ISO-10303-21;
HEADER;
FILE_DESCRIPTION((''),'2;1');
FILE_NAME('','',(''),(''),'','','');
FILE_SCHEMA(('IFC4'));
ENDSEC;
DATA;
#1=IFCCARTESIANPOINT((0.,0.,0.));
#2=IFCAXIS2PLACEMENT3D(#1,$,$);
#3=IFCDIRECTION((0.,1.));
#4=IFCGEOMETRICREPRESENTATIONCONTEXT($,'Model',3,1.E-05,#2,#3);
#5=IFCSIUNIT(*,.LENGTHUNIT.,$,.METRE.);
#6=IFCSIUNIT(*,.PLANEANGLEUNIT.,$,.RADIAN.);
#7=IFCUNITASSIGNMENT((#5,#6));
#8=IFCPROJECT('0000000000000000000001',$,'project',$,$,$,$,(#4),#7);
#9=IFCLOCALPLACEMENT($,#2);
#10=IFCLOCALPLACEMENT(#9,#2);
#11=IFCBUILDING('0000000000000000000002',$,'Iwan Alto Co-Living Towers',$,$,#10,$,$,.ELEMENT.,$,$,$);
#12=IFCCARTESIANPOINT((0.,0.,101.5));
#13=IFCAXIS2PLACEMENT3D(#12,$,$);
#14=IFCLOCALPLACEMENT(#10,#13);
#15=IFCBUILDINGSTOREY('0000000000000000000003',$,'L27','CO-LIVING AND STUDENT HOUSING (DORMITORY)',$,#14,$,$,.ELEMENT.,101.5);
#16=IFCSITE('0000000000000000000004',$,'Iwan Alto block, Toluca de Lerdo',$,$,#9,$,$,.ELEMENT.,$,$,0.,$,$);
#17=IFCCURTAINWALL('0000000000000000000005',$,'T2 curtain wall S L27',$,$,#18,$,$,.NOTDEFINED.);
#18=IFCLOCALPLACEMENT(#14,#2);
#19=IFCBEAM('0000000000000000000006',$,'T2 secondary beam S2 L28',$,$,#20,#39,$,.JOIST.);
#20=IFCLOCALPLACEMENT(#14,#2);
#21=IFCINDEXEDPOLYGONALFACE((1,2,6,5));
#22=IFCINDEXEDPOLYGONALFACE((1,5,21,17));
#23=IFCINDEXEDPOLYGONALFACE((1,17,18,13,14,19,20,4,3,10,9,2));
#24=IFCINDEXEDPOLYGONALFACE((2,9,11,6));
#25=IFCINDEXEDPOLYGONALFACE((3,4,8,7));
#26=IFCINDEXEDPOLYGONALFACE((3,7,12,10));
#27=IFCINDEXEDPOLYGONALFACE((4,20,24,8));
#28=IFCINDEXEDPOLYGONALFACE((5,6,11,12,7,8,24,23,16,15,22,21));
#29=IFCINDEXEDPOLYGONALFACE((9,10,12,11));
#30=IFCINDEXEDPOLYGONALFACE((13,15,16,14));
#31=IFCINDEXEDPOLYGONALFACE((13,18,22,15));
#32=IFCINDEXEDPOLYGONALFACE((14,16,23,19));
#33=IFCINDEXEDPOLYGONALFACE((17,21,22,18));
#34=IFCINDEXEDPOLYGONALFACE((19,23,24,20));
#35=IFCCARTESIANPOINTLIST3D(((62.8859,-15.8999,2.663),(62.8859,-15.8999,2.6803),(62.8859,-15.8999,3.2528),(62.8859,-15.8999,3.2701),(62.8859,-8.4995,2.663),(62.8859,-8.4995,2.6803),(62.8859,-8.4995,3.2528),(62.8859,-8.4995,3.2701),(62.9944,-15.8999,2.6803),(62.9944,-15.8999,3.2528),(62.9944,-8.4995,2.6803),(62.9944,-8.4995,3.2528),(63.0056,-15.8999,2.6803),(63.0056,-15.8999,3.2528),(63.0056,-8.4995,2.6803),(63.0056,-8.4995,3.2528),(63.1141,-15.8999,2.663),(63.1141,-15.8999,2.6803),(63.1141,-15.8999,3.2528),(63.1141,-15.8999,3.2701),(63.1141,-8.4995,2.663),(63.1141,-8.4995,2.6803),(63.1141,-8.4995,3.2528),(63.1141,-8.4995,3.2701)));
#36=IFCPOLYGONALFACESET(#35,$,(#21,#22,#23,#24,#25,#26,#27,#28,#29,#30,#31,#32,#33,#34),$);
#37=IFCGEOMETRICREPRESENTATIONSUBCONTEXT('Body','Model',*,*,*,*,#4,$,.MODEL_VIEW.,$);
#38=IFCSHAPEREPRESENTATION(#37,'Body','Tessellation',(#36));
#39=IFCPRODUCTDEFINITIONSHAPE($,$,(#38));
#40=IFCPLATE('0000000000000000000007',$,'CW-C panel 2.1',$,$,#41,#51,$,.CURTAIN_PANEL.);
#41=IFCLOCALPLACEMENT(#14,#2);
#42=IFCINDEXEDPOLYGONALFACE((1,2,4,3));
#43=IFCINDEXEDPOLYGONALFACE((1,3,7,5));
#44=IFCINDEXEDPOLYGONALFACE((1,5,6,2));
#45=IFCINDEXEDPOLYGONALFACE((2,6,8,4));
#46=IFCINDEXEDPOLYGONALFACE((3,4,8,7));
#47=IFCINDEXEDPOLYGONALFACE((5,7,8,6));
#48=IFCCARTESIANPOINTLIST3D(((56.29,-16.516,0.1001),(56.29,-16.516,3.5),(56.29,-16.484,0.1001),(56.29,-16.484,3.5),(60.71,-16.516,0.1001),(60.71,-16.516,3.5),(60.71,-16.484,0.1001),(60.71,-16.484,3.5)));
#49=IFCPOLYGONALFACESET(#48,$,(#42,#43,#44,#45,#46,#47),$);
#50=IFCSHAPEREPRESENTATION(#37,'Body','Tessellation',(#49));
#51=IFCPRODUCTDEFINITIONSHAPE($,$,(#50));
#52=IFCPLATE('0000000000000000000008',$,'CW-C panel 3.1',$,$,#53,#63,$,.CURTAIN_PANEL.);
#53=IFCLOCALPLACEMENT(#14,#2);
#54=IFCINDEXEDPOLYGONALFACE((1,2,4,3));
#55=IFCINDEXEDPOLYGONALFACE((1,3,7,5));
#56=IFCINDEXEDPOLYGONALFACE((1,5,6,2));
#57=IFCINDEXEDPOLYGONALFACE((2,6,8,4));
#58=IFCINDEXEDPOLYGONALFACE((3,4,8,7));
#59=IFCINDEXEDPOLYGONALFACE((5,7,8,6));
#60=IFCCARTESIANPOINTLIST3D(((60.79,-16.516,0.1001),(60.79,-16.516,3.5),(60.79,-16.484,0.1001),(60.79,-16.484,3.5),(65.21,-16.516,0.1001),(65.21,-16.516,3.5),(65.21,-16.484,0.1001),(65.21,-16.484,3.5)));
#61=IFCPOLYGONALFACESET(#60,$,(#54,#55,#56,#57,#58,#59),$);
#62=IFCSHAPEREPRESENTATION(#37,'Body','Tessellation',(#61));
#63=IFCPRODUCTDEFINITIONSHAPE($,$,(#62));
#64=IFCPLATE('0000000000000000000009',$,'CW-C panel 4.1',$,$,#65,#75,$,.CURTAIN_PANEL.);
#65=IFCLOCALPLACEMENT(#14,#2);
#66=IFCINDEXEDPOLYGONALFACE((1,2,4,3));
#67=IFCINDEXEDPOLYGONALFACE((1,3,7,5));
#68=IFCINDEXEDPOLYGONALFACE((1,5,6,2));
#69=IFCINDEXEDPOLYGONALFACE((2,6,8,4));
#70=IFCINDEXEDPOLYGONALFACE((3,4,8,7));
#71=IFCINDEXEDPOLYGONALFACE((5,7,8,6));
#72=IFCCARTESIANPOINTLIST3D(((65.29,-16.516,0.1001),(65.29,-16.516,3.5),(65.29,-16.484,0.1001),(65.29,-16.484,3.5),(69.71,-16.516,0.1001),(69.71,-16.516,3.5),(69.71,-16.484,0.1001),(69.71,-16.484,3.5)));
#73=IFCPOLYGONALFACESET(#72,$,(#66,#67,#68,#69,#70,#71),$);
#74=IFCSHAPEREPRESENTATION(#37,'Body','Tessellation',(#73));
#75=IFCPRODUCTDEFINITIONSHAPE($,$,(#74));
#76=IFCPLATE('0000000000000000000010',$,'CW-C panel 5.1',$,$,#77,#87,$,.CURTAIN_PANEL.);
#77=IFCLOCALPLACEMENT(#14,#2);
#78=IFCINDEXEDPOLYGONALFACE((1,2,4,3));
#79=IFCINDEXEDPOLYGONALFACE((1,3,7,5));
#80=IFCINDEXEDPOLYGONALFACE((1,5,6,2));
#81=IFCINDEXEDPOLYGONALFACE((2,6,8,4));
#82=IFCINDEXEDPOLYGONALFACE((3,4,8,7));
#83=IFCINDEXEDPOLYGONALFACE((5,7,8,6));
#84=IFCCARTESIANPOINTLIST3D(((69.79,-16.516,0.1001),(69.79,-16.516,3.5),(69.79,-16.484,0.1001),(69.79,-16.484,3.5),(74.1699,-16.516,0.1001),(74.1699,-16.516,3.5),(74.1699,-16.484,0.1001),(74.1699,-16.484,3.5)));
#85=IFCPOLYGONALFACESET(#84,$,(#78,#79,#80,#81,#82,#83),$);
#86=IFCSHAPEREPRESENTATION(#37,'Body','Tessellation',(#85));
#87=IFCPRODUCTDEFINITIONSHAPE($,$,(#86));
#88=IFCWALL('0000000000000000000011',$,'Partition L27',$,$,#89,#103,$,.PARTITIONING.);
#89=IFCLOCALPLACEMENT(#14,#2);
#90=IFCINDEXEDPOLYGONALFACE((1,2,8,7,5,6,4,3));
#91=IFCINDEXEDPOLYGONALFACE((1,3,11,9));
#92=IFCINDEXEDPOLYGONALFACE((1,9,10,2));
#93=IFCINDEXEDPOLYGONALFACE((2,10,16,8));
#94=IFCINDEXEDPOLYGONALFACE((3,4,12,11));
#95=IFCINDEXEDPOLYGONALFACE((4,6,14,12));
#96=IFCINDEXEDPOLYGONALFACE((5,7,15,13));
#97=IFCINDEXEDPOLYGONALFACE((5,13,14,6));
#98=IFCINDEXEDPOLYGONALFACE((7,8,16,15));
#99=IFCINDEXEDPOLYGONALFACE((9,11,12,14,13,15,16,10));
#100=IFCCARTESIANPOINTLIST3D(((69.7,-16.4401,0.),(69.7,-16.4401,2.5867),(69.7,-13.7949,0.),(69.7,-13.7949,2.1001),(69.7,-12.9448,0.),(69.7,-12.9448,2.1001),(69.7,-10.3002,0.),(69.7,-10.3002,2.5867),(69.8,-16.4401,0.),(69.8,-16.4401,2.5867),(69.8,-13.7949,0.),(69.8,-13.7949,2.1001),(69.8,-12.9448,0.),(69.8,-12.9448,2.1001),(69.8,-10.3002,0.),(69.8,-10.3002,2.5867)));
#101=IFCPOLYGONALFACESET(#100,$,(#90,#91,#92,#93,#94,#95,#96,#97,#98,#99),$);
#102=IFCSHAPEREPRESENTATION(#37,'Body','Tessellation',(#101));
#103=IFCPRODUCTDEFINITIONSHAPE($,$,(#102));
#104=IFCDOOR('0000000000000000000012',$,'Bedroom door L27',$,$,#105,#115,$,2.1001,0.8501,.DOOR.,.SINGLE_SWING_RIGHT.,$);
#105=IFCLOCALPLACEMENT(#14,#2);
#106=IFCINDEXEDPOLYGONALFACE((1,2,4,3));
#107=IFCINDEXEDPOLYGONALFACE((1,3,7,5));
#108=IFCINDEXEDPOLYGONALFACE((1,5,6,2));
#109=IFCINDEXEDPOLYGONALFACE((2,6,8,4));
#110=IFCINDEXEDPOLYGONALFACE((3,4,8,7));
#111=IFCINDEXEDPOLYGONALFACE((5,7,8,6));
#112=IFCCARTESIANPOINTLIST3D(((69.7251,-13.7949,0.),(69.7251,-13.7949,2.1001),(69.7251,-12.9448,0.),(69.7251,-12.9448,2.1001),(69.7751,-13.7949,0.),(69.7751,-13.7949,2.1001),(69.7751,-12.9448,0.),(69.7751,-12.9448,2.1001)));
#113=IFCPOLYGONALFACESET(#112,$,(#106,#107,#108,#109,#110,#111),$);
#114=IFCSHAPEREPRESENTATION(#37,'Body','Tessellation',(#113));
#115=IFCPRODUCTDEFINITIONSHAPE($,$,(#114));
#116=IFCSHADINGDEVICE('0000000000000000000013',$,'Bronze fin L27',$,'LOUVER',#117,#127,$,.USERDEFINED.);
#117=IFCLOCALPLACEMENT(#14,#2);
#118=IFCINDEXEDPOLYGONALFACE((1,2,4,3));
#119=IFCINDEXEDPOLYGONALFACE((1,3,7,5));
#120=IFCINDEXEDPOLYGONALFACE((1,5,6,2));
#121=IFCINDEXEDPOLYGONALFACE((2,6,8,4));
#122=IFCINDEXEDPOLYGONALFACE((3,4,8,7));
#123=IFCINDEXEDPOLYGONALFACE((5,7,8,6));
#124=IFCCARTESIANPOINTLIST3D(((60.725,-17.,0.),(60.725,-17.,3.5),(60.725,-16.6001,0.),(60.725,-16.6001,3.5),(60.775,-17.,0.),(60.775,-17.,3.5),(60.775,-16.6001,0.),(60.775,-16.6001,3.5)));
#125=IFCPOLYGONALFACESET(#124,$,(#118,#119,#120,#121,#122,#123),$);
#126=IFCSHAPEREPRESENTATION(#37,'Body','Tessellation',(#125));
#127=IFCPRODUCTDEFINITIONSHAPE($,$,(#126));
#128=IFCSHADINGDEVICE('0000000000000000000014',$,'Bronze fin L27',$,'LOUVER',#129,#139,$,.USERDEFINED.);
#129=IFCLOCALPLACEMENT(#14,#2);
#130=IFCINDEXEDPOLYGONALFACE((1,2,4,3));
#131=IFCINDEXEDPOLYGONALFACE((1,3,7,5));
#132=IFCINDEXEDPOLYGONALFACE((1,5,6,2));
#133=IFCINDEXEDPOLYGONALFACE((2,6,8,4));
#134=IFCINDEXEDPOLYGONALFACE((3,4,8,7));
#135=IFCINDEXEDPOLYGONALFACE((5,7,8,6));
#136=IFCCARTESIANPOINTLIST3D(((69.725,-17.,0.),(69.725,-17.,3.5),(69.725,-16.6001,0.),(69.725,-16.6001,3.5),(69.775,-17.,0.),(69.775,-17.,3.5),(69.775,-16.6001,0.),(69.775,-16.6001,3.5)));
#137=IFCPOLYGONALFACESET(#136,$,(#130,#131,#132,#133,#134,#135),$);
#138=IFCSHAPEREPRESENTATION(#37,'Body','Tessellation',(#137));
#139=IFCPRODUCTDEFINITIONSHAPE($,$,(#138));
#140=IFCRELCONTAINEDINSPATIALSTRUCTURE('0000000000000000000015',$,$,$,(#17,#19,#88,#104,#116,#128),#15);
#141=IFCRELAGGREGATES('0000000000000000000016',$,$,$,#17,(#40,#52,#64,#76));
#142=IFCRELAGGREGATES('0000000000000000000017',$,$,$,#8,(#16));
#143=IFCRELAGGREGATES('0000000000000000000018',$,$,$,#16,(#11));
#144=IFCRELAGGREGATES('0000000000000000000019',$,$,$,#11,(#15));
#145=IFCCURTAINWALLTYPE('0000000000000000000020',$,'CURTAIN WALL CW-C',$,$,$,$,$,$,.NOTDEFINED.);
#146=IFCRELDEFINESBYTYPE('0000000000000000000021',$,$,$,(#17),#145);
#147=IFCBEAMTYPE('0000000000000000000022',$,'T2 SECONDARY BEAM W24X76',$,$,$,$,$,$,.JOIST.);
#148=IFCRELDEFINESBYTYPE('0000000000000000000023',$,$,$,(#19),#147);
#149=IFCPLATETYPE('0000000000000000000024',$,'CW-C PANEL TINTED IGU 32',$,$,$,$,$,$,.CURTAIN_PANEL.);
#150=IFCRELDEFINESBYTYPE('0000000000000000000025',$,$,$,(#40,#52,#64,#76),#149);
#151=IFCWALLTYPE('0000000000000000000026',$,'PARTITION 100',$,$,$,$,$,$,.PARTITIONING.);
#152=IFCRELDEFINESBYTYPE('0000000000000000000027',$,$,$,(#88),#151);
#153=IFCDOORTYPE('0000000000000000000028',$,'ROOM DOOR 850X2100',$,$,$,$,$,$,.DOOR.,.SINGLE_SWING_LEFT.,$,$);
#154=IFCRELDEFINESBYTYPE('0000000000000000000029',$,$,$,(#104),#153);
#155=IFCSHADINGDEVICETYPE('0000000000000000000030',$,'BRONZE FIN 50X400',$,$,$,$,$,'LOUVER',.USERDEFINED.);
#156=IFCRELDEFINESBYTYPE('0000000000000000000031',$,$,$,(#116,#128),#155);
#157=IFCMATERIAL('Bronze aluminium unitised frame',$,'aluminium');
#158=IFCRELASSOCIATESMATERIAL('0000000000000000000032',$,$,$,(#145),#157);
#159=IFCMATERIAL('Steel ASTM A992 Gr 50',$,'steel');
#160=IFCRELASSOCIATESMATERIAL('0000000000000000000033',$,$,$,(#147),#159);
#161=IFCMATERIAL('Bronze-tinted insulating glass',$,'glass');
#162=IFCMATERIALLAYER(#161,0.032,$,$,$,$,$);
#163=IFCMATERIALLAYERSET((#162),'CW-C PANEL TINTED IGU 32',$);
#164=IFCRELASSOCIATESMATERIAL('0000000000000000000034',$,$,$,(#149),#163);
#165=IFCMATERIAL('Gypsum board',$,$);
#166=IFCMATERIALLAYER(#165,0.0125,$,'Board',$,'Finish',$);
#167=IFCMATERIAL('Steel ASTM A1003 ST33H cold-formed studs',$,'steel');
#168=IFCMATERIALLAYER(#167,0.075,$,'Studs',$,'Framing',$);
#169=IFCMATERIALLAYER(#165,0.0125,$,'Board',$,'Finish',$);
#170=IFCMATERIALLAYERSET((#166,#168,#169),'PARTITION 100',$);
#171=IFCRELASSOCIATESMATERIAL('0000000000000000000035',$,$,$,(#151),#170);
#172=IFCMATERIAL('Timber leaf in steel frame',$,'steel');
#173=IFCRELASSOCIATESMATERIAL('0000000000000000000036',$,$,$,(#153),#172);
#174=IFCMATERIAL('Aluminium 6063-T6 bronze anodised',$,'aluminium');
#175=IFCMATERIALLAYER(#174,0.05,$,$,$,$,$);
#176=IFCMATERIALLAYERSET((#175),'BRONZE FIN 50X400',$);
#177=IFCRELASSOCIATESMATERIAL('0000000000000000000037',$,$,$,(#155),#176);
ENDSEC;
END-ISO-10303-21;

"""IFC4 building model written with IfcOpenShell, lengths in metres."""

from ifc_helpers import new_model, si_unit, direction, frame, frame_2d, origin, origin_2d, place, context, subcontext, project, spatial, rectangle, i_section, extrude, material, layer, layer_set, material_profile, profile_set, type_object, element, fill, aggregate, save


model = new_model("IFC4")

# Units and contexts
model_context = context("Model", 3, precision=1e-05, world=origin(), true_north=direction((0.0, 1.0)))
body_context = subcontext(model_context, "Body", "Model", "MODEL_VIEW")
ifc_project = project(units=[si_unit("LENGTHUNIT", "METRE"), si_unit("PLANEANGLEUNIT", "RADIAN")], contexts=[model_context])

# Site, building, storey
site_placement = place(None, origin())
site = spatial("IfcSite", under=ifc_project, at=site_placement, Name="Iwan Alto block, Toluca de Lerdo", CompositionType="ELEMENT", RefElevation=0.0)
building_placement = place(site_placement, origin())
building = spatial("IfcBuilding", under=site, at=building_placement, Name="Iwan Alto Co-Living Towers", CompositionType="ELEMENT")
storey_placement = place(building_placement, frame((0.0, 0.0, 101.5)))
storey = spatial("IfcBuildingStorey", under=building, at=storey_placement, Name="L27", Description="CO-LIVING AND STUDENT HOUSING (DORMITORY)", CompositionType="ELEMENT", Elevation=101.5)

# Curtain wall
ifc_material_1 = material(Name="Bronze aluminium unitised frame", Category="aluminium")
curtain_wall_type = type_object("IfcCurtainWallType", Name="CURTAIN WALL CW-C", PredefinedType="NOTDEFINED", material=ifc_material_1)
curtain_wall_placement = place(storey_placement, origin())
curtain_wall = element("IfcCurtainWall", 1, at=curtain_wall_placement, inside=storey, type_object=curtain_wall_type, Name="T2 curtain wall S L27", PredefinedType="NOTDEFINED")

# Beam
ifc_material_2 = material(Name="Steel ASTM A992 Gr 50", Category="steel")
ifc_material_profile_1 = material_profile(ifc_material_2, i_section(OverallWidth=0.2283, OverallDepth=0.6072, WebThickness=0.0112, FlangeThickness=0.0173, at=origin_2d()), Name="W24X76")
ifc_profile_set_1 = profile_set([ifc_material_profile_1], Name="Steel ASTM A992 Gr 50")
beam_type_1 = type_object("IfcBeamType", Name="T2 SECONDARY BEAM W24X76", PredefinedType="JOIST", material=ifc_profile_set_1)
beam_1_placement = place(storey_placement, frame((63.0, -15.8999, 2.9666), z_axis=(0.0, 1.0, 0.0), x_axis=(-1.0, 0.0, 0.0)))
element("IfcBeam", 2, at=beam_1_placement, inside=storey, type_object=beam_type_1, Name="T2 secondary beam S2 L28", PredefinedType="JOIST", context=body_context, shape_type="SweptSolid", body=[
    extrude(i_section(OverallWidth=0.2283, OverallDepth=0.6072, WebThickness=0.0112, FlangeThickness=0.0173, at=origin_2d()), origin(), (0.0, 0.0, 1.0), 7.4004),
])

# Plates
ifc_material_3 = material(Name="Bronze-tinted insulating glass", Category="glass")
ifc_layer_1 = layer(ifc_material_3, 0.032)
ifc_layer_set_1 = layer_set([ifc_layer_1], Name="CW-C PANEL TINTED IGU 32")
plate_type = type_object("IfcPlateType", Name="CW-C PANEL TINTED IGU 32", PredefinedType="CURTAIN_PANEL", material=ifc_layer_set_1)
plate_1_placement = place(storey_placement, frame((58.5, -16.5, 0.1001), z_axis=(0.0, 0.0, 1.0), x_axis=(1.0, 0.0, 0.0)))
plate_1 = element("IfcPlate", 3, at=plate_1_placement, type_object=plate_type, Name="CW-C panel 2.1", PredefinedType="CURTAIN_PANEL", context=body_context, shape_type="SweptSolid", body=[
    extrude(rectangle(XDim=4.4199, YDim=0.032, at=origin_2d()), origin(), (0.0, 0.0, 1.0), 3.3999),
])
plate_2_placement = place(storey_placement, frame((63.0, -16.5, 0.1001), z_axis=(0.0, 0.0, 1.0), x_axis=(1.0, 0.0, 0.0)))
plate_2 = element("IfcPlate", 4, at=plate_2_placement, type_object=plate_type, Name="CW-C panel 3.1", PredefinedType="CURTAIN_PANEL", context=body_context, shape_type="SweptSolid", body=[
    extrude(rectangle(XDim=4.4199, YDim=0.032, at=origin_2d()), origin(), (0.0, 0.0, 1.0), 3.3999),
])
plate_3_placement = place(storey_placement, frame((67.5, -16.5, 0.1001), z_axis=(0.0, 0.0, 1.0), x_axis=(1.0, 0.0, 0.0)))
plate_3 = element("IfcPlate", 5, at=plate_3_placement, type_object=plate_type, Name="CW-C panel 4.1", PredefinedType="CURTAIN_PANEL", context=body_context, shape_type="SweptSolid", body=[
    extrude(rectangle(XDim=4.4199, YDim=0.032, at=origin_2d()), origin(), (0.0, 0.0, 1.0), 3.3999),
])
plate_4_placement = place(storey_placement, frame((71.98, -16.5, 0.1001), z_axis=(0.0, 0.0, 1.0), x_axis=(1.0, 0.0, 0.0)))
plate_4 = element("IfcPlate", 6, at=plate_4_placement, type_object=plate_type, Name="CW-C panel 5.1", PredefinedType="CURTAIN_PANEL", context=body_context, shape_type="SweptSolid", body=[
    extrude(rectangle(XDim=4.3799, YDim=0.032, at=origin_2d()), origin(), (0.0, 0.0, 1.0), 3.3999),
])
aggregate(curtain_wall, [plate_1, plate_2, plate_3, plate_4])

# Wall, opening, door
ifc_material_4 = material(Name="Gypsum board")
ifc_layer_2 = layer(ifc_material_4, 0.0125, Name="Board", Category="Finish")
ifc_material_5 = material(Name="Steel ASTM A1003 ST33H cold-formed studs", Category="steel")
ifc_layer_3 = layer(ifc_material_5, 0.075, Name="Studs", Category="Framing")
ifc_layer_4 = layer(ifc_material_4, 0.0125, Name="Board", Category="Finish")
ifc_layer_set_2 = layer_set([ifc_layer_2, ifc_layer_3, ifc_layer_4], Name="PARTITION 100")
wall_type = type_object("IfcWallType", Name="PARTITION 100", PredefinedType="PARTITIONING", material=ifc_layer_set_2)
wall_placement = place(storey_placement, frame((69.75, -16.4399, 0.0), z_axis=(0.0, 0.0, 1.0), x_axis=(0.0, 1.0, 0.0)))
wall = element("IfcWall", 7, at=wall_placement, inside=storey, type_object=wall_type, Name="Partition L27", PredefinedType="PARTITIONING", context=body_context, shape_type="SweptSolid", body=[
    extrude(rectangle(XDim=6.1399, YDim=0.1001, at=frame_2d((3.0698, 0.0))), origin(), (0.0, 0.0, 1.0), 2.5867),
])
opening_placement = place(wall_placement, frame((2.645, 0.0, 0.0)))
opening = element("IfcOpeningElement", 8, at=opening_placement, cuts=wall, PredefinedType="OPENING", context=body_context, shape_type="SweptSolid", body=[
    extrude(rectangle(XDim=0.8501, YDim=2.1001, at=frame_2d((0.425, 1.05))), frame((0.0, 0.0601, 0.0), z_axis=(0.0, -1.0, 0.0), x_axis=(1.0, 0.0, 0.0)), (0.0, 0.0, 1.0), 0.1201),
])
ifc_material_6 = material(Name="Timber leaf in steel frame", Category="steel")
door_type = type_object("IfcDoorType", Name="ROOM DOOR 850X2100", OperationType="SINGLE_SWING_LEFT", PredefinedType="DOOR", material=ifc_material_6)
door_placement = place(opening_placement, origin())
door = element("IfcDoor", 9, at=door_placement, inside=storey, type_object=door_type, Name="Bedroom door L27", OperationType="SINGLE_SWING_RIGHT", OverallHeight=2.1001, OverallWidth=0.8501, PredefinedType="DOOR", context=body_context, shape_type="SweptSolid", body=[
    extrude(rectangle(XDim=0.8501, YDim=2.1001, at=frame_2d((0.425, 1.05))), frame((0.0, 0.0249, 0.0), z_axis=(0.0, -1.0, 0.0), x_axis=(1.0, 0.0, 0.0)), (0.0, 0.0, 1.0), 0.05),
])
fill(opening, door)

# Shading devices
ifc_material_7 = material(Name="Aluminium 6063-T6 bronze anodised", Category="aluminium")
ifc_layer_5 = layer(ifc_material_7, 0.05)
ifc_layer_set_3 = layer_set([ifc_layer_5], Name="BRONZE FIN 50X400")
shading_device_type = type_object("IfcShadingDeviceType", Name="BRONZE FIN 50X400", ElementType="LOUVER", PredefinedType="USERDEFINED", material=ifc_layer_set_3)
for number, where, z_axis, x_axis, name in (
    (10, (60.75, -16.8, 0.0), (0.0, 0.0, 1.0), (1.0, 0.0, 0.0), "Bronze fin L27"),
    (11, (69.75, -16.8, 0.0), (0.0, 0.0, 1.0), (1.0, 0.0, 0.0), "Bronze fin L27"),
):
    element("IfcShadingDevice", number, at=place(storey_placement, frame(where, z_axis=z_axis, x_axis=x_axis)), inside=storey, type_object=shading_device_type, Name=name, ObjectType="LOUVER", PredefinedType="USERDEFINED", context=body_context, shape_type="SweptSolid", body=[
        extrude(rectangle(XDim=0.05, YDim=0.3999, at=origin_2d()), origin(), (0.0, 0.0, 1.0), 3.5),
    ])

save(model, "model.ifc")
